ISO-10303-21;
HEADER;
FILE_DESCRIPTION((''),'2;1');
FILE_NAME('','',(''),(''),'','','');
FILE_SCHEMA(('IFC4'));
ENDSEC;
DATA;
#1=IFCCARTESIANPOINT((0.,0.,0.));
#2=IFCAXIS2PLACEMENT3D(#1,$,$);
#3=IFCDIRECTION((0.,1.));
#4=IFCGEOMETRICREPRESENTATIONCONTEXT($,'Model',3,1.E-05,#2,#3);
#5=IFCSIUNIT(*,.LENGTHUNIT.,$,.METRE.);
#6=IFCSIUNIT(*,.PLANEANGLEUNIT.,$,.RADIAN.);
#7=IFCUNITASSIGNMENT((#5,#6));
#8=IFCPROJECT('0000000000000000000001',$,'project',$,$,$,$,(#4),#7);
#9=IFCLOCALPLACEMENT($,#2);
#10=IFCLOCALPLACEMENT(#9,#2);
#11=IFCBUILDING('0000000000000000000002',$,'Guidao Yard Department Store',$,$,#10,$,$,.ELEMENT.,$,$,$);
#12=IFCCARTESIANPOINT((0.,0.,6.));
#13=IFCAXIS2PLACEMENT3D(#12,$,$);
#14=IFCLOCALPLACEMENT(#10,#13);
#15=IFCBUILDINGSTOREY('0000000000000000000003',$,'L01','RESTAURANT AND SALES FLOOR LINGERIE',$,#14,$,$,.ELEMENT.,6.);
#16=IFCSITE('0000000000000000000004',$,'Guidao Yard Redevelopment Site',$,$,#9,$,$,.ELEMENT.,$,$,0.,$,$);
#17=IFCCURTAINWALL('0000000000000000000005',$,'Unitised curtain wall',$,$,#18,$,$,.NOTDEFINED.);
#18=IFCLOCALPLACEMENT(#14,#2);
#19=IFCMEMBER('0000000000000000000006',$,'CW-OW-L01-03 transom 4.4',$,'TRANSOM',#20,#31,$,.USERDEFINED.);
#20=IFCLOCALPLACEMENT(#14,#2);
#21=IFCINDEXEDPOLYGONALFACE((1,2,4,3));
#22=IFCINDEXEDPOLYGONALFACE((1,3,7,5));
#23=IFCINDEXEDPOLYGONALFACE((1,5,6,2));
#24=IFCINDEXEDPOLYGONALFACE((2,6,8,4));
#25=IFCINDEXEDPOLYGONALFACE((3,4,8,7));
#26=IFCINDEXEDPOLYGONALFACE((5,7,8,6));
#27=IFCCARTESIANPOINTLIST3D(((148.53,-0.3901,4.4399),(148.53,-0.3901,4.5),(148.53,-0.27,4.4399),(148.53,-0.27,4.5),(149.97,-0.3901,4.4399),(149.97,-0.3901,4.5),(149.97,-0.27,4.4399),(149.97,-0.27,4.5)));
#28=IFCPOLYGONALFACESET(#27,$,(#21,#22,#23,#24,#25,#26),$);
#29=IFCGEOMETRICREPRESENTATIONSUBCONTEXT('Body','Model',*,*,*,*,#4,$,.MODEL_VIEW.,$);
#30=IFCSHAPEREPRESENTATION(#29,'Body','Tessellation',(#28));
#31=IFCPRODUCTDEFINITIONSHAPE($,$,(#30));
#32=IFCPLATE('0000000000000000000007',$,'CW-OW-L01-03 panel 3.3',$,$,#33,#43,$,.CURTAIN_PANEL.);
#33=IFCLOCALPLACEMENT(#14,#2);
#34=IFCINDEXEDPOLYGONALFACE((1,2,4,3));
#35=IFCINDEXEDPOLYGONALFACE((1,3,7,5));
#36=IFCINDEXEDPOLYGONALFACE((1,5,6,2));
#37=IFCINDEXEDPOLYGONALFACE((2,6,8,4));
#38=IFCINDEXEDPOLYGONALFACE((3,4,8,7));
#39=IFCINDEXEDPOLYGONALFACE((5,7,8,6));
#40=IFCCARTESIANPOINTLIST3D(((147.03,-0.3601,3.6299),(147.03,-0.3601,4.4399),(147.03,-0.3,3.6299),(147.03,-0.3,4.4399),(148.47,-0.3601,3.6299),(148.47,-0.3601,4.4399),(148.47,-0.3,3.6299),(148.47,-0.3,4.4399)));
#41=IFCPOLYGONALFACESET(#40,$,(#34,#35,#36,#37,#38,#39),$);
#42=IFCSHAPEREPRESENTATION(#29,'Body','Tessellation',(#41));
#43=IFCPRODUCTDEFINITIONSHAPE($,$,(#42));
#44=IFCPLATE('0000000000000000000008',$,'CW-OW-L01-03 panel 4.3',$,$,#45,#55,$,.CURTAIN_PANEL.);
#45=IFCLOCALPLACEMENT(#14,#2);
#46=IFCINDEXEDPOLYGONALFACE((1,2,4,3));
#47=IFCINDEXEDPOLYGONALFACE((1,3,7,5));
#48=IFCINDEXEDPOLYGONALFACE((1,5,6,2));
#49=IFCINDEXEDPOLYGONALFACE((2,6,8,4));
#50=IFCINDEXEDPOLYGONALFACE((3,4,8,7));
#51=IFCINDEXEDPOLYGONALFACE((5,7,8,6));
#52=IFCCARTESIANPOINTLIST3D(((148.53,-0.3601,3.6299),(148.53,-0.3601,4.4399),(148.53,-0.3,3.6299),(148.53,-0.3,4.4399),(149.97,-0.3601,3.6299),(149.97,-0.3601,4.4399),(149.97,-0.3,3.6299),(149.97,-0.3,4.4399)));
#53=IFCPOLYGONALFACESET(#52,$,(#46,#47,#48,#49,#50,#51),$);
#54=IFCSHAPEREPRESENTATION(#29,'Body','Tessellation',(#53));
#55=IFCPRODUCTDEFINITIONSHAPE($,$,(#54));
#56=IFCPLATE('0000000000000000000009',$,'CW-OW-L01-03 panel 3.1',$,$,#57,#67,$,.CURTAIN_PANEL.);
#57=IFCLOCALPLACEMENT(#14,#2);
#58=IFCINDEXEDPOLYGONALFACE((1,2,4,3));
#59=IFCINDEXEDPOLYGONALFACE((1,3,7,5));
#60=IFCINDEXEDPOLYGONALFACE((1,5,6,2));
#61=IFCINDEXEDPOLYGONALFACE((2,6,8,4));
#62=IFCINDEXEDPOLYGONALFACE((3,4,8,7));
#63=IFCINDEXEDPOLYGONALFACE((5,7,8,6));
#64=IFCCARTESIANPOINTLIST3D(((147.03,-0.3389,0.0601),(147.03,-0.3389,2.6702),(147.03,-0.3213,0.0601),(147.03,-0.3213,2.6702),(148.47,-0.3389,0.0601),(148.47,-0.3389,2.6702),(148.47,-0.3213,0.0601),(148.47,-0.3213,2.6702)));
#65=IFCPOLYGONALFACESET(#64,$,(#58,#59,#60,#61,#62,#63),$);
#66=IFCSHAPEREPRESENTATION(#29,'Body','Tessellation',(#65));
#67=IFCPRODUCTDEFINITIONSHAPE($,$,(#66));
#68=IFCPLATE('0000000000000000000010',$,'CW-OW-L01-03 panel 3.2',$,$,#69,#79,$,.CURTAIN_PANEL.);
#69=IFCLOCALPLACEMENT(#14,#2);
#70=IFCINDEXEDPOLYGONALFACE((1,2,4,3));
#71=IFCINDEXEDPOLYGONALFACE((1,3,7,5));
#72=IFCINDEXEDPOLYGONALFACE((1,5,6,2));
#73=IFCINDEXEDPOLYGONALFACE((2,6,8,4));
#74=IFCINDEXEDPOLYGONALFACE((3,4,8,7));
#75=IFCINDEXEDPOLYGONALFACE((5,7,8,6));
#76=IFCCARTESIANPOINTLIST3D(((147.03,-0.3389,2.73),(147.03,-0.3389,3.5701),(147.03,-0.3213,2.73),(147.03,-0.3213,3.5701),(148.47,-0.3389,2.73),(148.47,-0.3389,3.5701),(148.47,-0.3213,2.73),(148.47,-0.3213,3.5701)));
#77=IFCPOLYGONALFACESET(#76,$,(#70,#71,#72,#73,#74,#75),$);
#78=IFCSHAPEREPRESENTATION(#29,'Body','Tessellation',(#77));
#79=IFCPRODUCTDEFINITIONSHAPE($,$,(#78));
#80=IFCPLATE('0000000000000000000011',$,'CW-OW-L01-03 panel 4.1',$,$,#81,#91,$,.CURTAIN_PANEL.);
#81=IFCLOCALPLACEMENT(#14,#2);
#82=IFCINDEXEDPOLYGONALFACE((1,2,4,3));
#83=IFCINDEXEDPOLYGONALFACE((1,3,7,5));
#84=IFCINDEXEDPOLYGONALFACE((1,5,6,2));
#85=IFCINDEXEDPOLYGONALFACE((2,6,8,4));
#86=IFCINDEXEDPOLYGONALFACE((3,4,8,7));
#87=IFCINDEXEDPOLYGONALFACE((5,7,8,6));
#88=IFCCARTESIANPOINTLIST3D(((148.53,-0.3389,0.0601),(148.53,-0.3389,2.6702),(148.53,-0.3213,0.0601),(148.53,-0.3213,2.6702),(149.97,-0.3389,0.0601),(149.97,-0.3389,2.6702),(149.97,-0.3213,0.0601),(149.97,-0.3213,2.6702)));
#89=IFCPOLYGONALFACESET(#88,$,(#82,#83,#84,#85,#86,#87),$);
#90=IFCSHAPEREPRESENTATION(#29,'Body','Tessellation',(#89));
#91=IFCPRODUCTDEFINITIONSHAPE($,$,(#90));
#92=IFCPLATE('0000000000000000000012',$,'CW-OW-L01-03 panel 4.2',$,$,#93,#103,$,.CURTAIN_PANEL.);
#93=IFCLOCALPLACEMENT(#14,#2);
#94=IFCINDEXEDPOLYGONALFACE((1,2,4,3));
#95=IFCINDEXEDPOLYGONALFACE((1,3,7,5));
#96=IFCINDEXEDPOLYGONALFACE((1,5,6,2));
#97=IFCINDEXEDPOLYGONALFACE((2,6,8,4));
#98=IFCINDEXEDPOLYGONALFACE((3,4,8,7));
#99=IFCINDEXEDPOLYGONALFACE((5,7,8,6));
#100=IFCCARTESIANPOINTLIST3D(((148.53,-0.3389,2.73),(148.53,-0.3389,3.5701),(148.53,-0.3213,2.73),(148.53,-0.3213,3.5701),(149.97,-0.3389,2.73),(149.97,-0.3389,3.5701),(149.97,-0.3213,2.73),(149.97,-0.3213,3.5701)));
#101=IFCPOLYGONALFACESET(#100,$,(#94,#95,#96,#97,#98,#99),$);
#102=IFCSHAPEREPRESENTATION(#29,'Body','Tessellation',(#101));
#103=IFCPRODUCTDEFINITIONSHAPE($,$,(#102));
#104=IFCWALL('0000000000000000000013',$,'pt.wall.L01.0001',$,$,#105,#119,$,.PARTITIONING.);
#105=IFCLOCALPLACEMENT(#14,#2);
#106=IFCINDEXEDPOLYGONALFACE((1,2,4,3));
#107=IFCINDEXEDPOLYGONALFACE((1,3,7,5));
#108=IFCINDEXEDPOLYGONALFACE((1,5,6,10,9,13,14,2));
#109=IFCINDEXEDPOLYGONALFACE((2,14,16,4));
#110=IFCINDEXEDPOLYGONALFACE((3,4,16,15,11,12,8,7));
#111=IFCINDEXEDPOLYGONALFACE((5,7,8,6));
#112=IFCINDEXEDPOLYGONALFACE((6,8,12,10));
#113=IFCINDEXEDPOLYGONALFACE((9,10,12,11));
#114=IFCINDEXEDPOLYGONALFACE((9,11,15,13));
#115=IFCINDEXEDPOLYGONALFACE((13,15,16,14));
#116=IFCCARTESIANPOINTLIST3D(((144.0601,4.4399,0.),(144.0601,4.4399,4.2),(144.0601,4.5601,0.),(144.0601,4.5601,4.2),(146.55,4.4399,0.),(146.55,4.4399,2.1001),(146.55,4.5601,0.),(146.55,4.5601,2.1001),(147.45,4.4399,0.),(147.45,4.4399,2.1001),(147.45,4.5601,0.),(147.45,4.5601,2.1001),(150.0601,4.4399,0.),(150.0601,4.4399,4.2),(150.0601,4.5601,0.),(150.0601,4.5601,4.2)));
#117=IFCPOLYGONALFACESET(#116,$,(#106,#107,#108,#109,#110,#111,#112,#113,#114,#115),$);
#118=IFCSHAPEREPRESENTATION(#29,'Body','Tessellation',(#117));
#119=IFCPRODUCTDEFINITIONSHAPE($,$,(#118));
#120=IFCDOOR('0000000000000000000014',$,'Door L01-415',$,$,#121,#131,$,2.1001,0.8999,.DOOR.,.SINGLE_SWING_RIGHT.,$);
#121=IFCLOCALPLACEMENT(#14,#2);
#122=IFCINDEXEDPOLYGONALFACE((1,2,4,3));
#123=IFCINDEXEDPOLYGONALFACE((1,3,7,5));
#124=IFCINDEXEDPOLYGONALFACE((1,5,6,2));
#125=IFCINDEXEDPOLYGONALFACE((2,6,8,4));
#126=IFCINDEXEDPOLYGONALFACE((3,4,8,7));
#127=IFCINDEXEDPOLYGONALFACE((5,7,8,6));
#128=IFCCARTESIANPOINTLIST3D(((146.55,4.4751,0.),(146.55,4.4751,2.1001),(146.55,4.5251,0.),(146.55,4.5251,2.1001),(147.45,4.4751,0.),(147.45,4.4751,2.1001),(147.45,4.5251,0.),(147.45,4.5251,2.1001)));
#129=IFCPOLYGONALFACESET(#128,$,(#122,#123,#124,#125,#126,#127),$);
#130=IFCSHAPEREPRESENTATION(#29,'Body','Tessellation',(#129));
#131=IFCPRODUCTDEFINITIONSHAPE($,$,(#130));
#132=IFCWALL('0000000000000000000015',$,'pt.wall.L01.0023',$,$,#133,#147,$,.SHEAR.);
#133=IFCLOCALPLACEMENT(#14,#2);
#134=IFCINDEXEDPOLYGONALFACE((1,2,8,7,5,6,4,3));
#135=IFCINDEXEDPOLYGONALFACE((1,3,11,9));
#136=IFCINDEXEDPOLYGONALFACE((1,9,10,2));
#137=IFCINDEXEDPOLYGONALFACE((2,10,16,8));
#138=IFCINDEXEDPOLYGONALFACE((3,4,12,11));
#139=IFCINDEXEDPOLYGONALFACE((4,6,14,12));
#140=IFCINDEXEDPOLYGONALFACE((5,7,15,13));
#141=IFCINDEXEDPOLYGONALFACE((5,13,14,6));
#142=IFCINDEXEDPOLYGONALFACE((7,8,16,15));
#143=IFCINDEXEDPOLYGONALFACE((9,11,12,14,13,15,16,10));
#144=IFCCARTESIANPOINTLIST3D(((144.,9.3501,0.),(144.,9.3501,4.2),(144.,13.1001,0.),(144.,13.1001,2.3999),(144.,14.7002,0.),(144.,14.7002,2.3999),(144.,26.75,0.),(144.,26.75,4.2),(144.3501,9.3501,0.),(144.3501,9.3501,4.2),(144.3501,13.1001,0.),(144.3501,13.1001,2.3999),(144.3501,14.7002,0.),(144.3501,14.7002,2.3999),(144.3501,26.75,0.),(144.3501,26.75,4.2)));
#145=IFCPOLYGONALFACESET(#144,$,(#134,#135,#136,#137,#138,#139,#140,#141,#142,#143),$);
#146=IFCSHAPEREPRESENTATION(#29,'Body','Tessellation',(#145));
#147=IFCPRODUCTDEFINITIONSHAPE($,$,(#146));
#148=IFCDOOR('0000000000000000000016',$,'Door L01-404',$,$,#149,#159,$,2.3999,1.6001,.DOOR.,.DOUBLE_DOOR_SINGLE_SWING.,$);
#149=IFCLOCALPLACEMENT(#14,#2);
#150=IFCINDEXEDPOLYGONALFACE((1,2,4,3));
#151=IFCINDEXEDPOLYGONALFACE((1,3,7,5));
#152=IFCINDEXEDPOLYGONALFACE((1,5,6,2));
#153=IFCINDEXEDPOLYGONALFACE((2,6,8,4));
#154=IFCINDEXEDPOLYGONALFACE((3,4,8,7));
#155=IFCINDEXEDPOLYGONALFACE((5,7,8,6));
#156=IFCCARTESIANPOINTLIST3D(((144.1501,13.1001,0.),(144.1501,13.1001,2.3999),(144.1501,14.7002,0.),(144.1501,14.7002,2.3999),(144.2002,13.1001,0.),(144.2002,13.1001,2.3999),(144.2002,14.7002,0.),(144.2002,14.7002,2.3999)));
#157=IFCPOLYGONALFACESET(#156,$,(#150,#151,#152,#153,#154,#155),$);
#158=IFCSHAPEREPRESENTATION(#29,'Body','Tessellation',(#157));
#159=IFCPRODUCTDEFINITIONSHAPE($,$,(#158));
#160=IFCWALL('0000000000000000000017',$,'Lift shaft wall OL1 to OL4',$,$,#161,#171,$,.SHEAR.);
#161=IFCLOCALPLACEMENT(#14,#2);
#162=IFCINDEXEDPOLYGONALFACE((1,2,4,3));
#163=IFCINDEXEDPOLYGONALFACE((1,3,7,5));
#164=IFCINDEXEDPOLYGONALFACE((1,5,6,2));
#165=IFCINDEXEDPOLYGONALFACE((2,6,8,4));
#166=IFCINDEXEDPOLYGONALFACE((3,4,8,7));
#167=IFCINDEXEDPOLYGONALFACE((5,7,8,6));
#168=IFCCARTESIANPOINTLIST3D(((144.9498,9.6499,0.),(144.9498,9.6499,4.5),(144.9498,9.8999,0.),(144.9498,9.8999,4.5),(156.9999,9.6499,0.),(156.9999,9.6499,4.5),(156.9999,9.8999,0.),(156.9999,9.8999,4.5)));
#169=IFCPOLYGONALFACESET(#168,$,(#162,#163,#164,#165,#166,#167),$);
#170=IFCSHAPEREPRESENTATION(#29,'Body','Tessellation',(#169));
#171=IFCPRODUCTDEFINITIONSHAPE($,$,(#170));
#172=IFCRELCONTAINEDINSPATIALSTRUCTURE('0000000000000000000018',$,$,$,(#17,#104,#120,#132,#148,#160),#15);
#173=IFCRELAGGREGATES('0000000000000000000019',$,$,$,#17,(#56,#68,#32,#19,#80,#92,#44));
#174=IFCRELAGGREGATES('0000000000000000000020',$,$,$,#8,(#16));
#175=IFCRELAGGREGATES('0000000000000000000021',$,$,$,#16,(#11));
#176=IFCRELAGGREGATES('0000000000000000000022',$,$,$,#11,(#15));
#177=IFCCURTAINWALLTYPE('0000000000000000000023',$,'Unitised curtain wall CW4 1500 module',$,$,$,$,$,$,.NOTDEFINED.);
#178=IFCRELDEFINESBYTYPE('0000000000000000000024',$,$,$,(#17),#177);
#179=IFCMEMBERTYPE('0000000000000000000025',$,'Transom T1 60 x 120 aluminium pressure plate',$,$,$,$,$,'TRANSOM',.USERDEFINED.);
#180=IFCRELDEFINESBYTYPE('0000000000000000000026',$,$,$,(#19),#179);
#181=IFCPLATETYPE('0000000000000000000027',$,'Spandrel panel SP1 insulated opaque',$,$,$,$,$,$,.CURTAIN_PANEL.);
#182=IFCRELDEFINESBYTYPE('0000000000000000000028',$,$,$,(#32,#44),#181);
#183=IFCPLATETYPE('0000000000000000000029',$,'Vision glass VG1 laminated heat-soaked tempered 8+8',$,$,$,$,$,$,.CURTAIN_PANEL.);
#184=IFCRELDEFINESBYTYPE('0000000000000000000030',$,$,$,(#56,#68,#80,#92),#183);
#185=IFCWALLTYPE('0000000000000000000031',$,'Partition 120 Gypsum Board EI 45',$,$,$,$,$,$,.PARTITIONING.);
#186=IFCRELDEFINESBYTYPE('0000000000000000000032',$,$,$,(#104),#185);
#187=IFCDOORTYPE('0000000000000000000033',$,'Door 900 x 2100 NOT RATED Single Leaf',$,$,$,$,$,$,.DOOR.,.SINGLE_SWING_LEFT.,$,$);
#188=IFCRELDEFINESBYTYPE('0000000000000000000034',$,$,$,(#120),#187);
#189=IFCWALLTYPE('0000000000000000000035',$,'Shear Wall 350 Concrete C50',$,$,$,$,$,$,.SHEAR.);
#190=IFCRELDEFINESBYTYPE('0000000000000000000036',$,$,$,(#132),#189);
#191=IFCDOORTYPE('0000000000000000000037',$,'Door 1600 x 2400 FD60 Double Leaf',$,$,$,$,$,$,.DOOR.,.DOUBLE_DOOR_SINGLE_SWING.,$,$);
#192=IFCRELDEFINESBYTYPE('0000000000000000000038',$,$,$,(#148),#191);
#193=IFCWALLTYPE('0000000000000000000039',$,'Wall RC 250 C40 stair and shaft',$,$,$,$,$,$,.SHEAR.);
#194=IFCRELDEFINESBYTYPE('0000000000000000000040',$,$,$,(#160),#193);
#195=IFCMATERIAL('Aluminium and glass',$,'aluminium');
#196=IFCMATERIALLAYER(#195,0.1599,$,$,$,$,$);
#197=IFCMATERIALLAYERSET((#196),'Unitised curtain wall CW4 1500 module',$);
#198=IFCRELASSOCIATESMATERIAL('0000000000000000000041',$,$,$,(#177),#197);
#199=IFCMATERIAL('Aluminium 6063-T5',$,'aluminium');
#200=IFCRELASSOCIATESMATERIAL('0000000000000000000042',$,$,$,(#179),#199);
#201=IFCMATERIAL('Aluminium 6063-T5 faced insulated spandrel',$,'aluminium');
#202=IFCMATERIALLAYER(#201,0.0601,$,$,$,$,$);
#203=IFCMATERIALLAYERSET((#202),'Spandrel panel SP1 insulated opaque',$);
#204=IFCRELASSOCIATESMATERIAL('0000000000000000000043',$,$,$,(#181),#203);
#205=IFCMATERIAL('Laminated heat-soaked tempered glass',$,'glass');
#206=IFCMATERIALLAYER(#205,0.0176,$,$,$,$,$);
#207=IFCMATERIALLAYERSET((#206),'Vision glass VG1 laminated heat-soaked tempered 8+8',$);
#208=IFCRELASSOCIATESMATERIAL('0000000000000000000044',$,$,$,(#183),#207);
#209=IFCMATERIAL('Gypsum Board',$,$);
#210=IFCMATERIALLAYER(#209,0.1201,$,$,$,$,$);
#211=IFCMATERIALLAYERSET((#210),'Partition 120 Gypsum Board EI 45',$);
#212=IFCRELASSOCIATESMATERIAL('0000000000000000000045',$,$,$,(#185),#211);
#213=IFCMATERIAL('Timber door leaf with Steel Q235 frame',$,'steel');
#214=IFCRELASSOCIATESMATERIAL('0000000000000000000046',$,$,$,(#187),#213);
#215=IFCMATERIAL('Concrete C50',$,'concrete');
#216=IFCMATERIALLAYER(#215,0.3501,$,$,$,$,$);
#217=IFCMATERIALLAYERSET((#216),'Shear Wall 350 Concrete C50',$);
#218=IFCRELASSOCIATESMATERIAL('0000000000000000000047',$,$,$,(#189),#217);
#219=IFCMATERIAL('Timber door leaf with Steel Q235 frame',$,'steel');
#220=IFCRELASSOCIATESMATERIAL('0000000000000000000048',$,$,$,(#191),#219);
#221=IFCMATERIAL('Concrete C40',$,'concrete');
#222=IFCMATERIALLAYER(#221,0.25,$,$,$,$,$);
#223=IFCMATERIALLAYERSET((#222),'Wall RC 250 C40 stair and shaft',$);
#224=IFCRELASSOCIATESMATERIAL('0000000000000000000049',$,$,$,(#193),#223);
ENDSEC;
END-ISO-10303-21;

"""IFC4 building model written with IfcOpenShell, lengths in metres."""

from ifc_helpers import new_model, si_unit, direction, frame, frame_2d, origin, origin_2d, place, context, subcontext, project, spatial, rectangle, extrude, material, layer, layer_set, material_profile, profile_set, type_object, element, fill, aggregate, save


model = new_model("IFC4")

# Units and contexts
model_context = context("Model", 3, precision=1e-05, world=origin(), true_north=direction((0.0, 1.0)))
body_context = subcontext(model_context, "Body", "Model", "MODEL_VIEW")
ifc_project = project(units=[si_unit("LENGTHUNIT", "METRE"), si_unit("PLANEANGLEUNIT", "RADIAN")], contexts=[model_context])

# Site, building, storey
site_placement = place(None, origin())
site = spatial("IfcSite", under=ifc_project, at=site_placement, Name="Guidao Yard Redevelopment Site", CompositionType="ELEMENT", RefElevation=0.0)
building_placement = place(site_placement, origin())
building = spatial("IfcBuilding", under=site, at=building_placement, Name="Guidao Yard Department Store", CompositionType="ELEMENT")
storey_placement = place(building_placement, frame((0.0, 0.0, 6.0)))
storey = spatial("IfcBuildingStorey", under=building, at=storey_placement, Name="L01", Description="RESTAURANT AND SALES FLOOR LINGERIE", CompositionType="ELEMENT", Elevation=6.0)

# Curtain wall
ifc_material_1 = material(Name="Aluminium and glass", Category="aluminium")
ifc_layer_1 = layer(ifc_material_1, 0.1599)
ifc_layer_set_1 = layer_set([ifc_layer_1], Name="Unitised curtain wall CW4 1500 module")
curtain_wall_type = type_object("IfcCurtainWallType", Name="Unitised curtain wall CW4 1500 module", PredefinedType="NOTDEFINED", material=ifc_layer_set_1)
curtain_wall_placement = place(storey_placement, origin())
curtain_wall = element("IfcCurtainWall", 1, at=curtain_wall_placement, inside=storey, type_object=curtain_wall_type, Name="Unitised curtain wall", PredefinedType="NOTDEFINED")

# Member
ifc_material_2 = material(Name="Aluminium 6063-T5", Category="aluminium")
ifc_material_profile_1 = material_profile(ifc_material_2, rectangle(XDim=0.1201, YDim=0.0601, at=origin_2d()), Name="Transom T1 60 x 120 aluminium pressure plate")
ifc_profile_set_1 = profile_set([ifc_material_profile_1], Name="Aluminium 6063-T5")
member_type_1 = type_object("IfcMemberType", Name="Transom T1 60 x 120 aluminium pressure plate", ElementType="TRANSOM", PredefinedType="USERDEFINED", material=ifc_profile_set_1)
member_1_placement = place(storey_placement, frame((149.97, -0.3301, 4.47), z_axis=(-1.0, 0.0, 0.0), x_axis=(0.0, -1.0, 0.0)))
member_1 = element("IfcMember", 2, at=member_1_placement, type_object=member_type_1, Name="CW-OW-L01-03 transom 4.4", ObjectType="TRANSOM", PredefinedType="USERDEFINED", context=body_context, shape_type="SweptSolid", body=[
    extrude(rectangle(XDim=0.1201, YDim=0.0601, at=origin_2d()), origin(), (0.0, 0.0, 1.0), 1.4399),
])

# Plates
ifc_material_3 = material(Name="Aluminium 6063-T5 faced insulated spandrel", Category="aluminium")
ifc_layer_2 = layer(ifc_material_3, 0.0601)
ifc_layer_set_2 = layer_set([ifc_layer_2], Name="Spandrel panel SP1 insulated opaque")
plate_type_1 = type_object("IfcPlateType", Name="Spandrel panel SP1 insulated opaque", PredefinedType="CURTAIN_PANEL", material=ifc_layer_set_2)
plate_1_placement = place(storey_placement, frame((147.75, -0.3301, 3.6299), z_axis=(0.0, 0.0, 1.0), x_axis=(-1.0, 0.0, 0.0)))
plate_1 = element("IfcPlate", 3, at=plate_1_placement, type_object=plate_type_1, Name="CW-OW-L01-03 panel 3.3", PredefinedType="CURTAIN_PANEL", context=body_context, shape_type="SweptSolid", body=[
    extrude(rectangle(XDim=1.4399, YDim=0.0601, at=origin_2d()), origin(), (0.0, 0.0, 1.0), 0.8101),
])
plate_2_placement = place(storey_placement, frame((149.25, -0.3301, 3.6299), z_axis=(0.0, 0.0, 1.0), x_axis=(-1.0, 0.0, 0.0)))
plate_2 = element("IfcPlate", 4, at=plate_2_placement, type_object=plate_type_1, Name="CW-OW-L01-03 panel 4.3", PredefinedType="CURTAIN_PANEL", context=body_context, shape_type="SweptSolid", body=[
    extrude(rectangle(XDim=1.4399, YDim=0.0601, at=origin_2d()), origin(), (0.0, 0.0, 1.0), 0.8101),
])
ifc_material_4 = material(Name="Laminated heat-soaked tempered glass", Category="glass")
ifc_layer_3 = layer(ifc_material_4, 0.0176)
ifc_layer_set_3 = layer_set([ifc_layer_3], Name="Vision glass VG1 laminated heat-soaked tempered 8+8")
plate_type_2 = type_object("IfcPlateType", Name="Vision glass VG1 laminated heat-soaked tempered 8+8", PredefinedType="CURTAIN_PANEL", material=ifc_layer_set_3)
plate_3_placement = place(storey_placement, frame((147.75, -0.3301, 0.0601), z_axis=(0.0, 0.0, 1.0), x_axis=(-1.0, 0.0, 0.0)))
plate_3 = element("IfcPlate", 5, at=plate_3_placement, type_object=plate_type_2, Name="CW-OW-L01-03 panel 3.1", PredefinedType="CURTAIN_PANEL", context=body_context, shape_type="SweptSolid", body=[
    extrude(rectangle(XDim=1.4399, YDim=0.0176, at=origin_2d()), origin(), (0.0, 0.0, 1.0), 2.6101),
])
plate_4_placement = place(storey_placement, frame((147.75, -0.3301, 2.73), z_axis=(0.0, 0.0, 1.0), x_axis=(-1.0, 0.0, 0.0)))
plate_4 = element("IfcPlate", 6, at=plate_4_placement, type_object=plate_type_2, Name="CW-OW-L01-03 panel 3.2", PredefinedType="CURTAIN_PANEL", context=body_context, shape_type="SweptSolid", body=[
    extrude(rectangle(XDim=1.4399, YDim=0.0176, at=origin_2d()), origin(), (0.0, 0.0, 1.0), 0.8401),
])
plate_5_placement = place(storey_placement, frame((149.25, -0.3301, 0.0601), z_axis=(0.0, 0.0, 1.0), x_axis=(-1.0, 0.0, 0.0)))
plate_5 = element("IfcPlate", 7, at=plate_5_placement, type_object=plate_type_2, Name="CW-OW-L01-03 panel 4.1", PredefinedType="CURTAIN_PANEL", context=body_context, shape_type="SweptSolid", body=[
    extrude(rectangle(XDim=1.4399, YDim=0.0176, at=origin_2d()), origin(), (0.0, 0.0, 1.0), 2.6101),
])
plate_6_placement = place(storey_placement, frame((149.25, -0.3301, 2.73), z_axis=(0.0, 0.0, 1.0), x_axis=(-1.0, 0.0, 0.0)))
plate_6 = element("IfcPlate", 8, at=plate_6_placement, type_object=plate_type_2, Name="CW-OW-L01-03 panel 4.2", PredefinedType="CURTAIN_PANEL", context=body_context, shape_type="SweptSolid", body=[
    extrude(rectangle(XDim=1.4399, YDim=0.0176, at=origin_2d()), origin(), (0.0, 0.0, 1.0), 0.8401),
])
aggregate(curtain_wall, [plate_3, plate_4, plate_1, member_1, plate_5, plate_6, plate_2])

# Walls, openings, doors
ifc_material_5 = material(Name="Gypsum Board")
ifc_layer_4 = layer(ifc_material_5, 0.1201)
ifc_layer_set_4 = layer_set([ifc_layer_4], Name="Partition 120 Gypsum Board EI 45")
wall_type_1 = type_object("IfcWallType", Name="Partition 120 Gypsum Board EI 45", PredefinedType="PARTITIONING", material=ifc_layer_set_4)
wall_1_placement = place(storey_placement, frame((144.0601, 4.5, 0.0), z_axis=(0.0, 0.0, 1.0), x_axis=(1.0, 0.0, 0.0)))
wall_1 = element("IfcWall", 9, at=wall_1_placement, inside=storey, type_object=wall_type_1, Name="pt.wall.L01.0001", PredefinedType="PARTITIONING", context=body_context, shape_type="SweptSolid", body=[
    extrude(rectangle(XDim=6.0, YDim=0.1201, at=frame_2d((3.0, 0.0))), origin(), (0.0, 0.0, 1.0), 4.2),
])
opening_1_placement = place(wall_1_placement, frame((3.3899, 0.0, 0.0), z_axis=(0.0, 0.0, 1.0), x_axis=(-1.0, 0.0, 0.0)))
opening_1 = element("IfcOpeningElement", 10, at=opening_1_placement, cuts=wall_1, PredefinedType="OPENING", context=body_context, shape_type="SweptSolid", body=[
    extrude(rectangle(XDim=0.8999, YDim=2.1001, at=frame_2d((0.45, 1.05))), frame((0.0, 0.0701, 0.0), z_axis=(0.0, -1.0, 0.0), x_axis=(1.0, 0.0, 0.0)), (0.0, 0.0, 1.0), 0.1401),
])
ifc_material_6 = material(Name="Timber door leaf with Steel Q235 frame", Category="steel")
door_type_1 = type_object("IfcDoorType", Name="Door 900 x 2100 NOT RATED Single Leaf", OperationType="SINGLE_SWING_LEFT", PredefinedType="DOOR", material=ifc_material_6)
door_1_placement = place(opening_1_placement, origin())
door_1 = element("IfcDoor", 11, at=door_1_placement, inside=storey, type_object=door_type_1, Name="Door L01-415", OperationType="SINGLE_SWING_RIGHT", OverallHeight=2.1001, OverallWidth=0.8999, PredefinedType="DOOR", context=body_context, shape_type="SweptSolid", body=[
    extrude(rectangle(XDim=0.8999, YDim=2.1001, at=frame_2d((0.45, 1.05))), frame((0.0, 0.0249, 0.0), z_axis=(0.0, -1.0, 0.0), x_axis=(1.0, 0.0, 0.0)), (0.0, 0.0, 1.0), 0.05),
])
fill(opening_1, door_1)
ifc_material_7 = material(Name="Concrete C50", Category="concrete")
ifc_layer_5 = layer(ifc_material_7, 0.3501)
ifc_layer_set_5 = layer_set([ifc_layer_5], Name="Shear Wall 350 Concrete C50")
wall_type_2 = type_object("IfcWallType", Name="Shear Wall 350 Concrete C50", PredefinedType="SHEAR", material=ifc_layer_set_5)
wall_2_placement = place(storey_placement, frame((144.175, 9.3501, 0.0), z_axis=(0.0, 0.0, 1.0), x_axis=(0.0, 1.0, 0.0)))
wall_2 = element("IfcWall", 12, at=wall_2_placement, inside=storey, type_object=wall_type_2, Name="pt.wall.L01.0023", PredefinedType="SHEAR", context=body_context, shape_type="SweptSolid", body=[
    extrude(rectangle(XDim=17.3999, YDim=0.3501, at=frame_2d((8.7, 0.0))), origin(), (0.0, 0.0, 1.0), 4.2),
])
opening_2_placement = place(wall_2_placement, frame((3.75, 0.0, 0.0)))
opening_2 = element("IfcOpeningElement", 13, at=opening_2_placement, cuts=wall_2, PredefinedType="OPENING", context=body_context, shape_type="SweptSolid", body=[
    extrude(rectangle(XDim=1.6001, YDim=2.3999, at=frame_2d((0.8, 1.2))), frame((0.0, 0.1851, 0.0), z_axis=(0.0, -1.0, 0.0), x_axis=(1.0, 0.0, 0.0)), (0.0, 0.0, 1.0), 0.3701),
])
ifc_material_8 = material(Name="Timber door leaf with Steel Q235 frame", Category="steel")
door_type_2 = type_object("IfcDoorType", Name="Door 1600 x 2400 FD60 Double Leaf", OperationType="DOUBLE_DOOR_SINGLE_SWING", PredefinedType="DOOR", material=ifc_material_8)
door_2_placement = place(opening_2_placement, origin())
door_2 = element("IfcDoor", 14, at=door_2_placement, inside=storey, type_object=door_type_2, Name="Door L01-404", OperationType="DOUBLE_DOOR_SINGLE_SWING", OverallHeight=2.3999, OverallWidth=1.6001, PredefinedType="DOOR", context=body_context, shape_type="SweptSolid", body=[
    extrude(rectangle(XDim=1.6001, YDim=2.3999, at=frame_2d((0.8, 1.2))), frame((0.0, 0.0249, 0.0), z_axis=(0.0, -1.0, 0.0), x_axis=(1.0, 0.0, 0.0)), (0.0, 0.0, 1.0), 0.05),
])
fill(opening_2, door_2)

# Wall
ifc_material_9 = material(Name="Concrete C40", Category="concrete")
ifc_layer_6 = layer(ifc_material_9, 0.25)
ifc_layer_set_6 = layer_set([ifc_layer_6], Name="Wall RC 250 C40 stair and shaft")
wall_type_3 = type_object("IfcWallType", Name="Wall RC 250 C40 stair and shaft", PredefinedType="SHEAR", material=ifc_layer_set_6)
wall_3_placement = place(storey_placement, frame((144.95, 9.7749, 0.0), z_axis=(0.0, 0.0, 1.0), x_axis=(1.0, 0.0, 0.0)))
element("IfcWall", 15, at=wall_3_placement, inside=storey, type_object=wall_type_3, Name="Lift shaft wall OL1 to OL4", PredefinedType="SHEAR", context=body_context, shape_type="SweptSolid", body=[
    extrude(rectangle(XDim=12.05, YDim=0.25, at=frame_2d((6.0249, 0.0))), origin(), (0.0, 0.0, 1.0), 4.5),
])

save(model, "model.ifc")
